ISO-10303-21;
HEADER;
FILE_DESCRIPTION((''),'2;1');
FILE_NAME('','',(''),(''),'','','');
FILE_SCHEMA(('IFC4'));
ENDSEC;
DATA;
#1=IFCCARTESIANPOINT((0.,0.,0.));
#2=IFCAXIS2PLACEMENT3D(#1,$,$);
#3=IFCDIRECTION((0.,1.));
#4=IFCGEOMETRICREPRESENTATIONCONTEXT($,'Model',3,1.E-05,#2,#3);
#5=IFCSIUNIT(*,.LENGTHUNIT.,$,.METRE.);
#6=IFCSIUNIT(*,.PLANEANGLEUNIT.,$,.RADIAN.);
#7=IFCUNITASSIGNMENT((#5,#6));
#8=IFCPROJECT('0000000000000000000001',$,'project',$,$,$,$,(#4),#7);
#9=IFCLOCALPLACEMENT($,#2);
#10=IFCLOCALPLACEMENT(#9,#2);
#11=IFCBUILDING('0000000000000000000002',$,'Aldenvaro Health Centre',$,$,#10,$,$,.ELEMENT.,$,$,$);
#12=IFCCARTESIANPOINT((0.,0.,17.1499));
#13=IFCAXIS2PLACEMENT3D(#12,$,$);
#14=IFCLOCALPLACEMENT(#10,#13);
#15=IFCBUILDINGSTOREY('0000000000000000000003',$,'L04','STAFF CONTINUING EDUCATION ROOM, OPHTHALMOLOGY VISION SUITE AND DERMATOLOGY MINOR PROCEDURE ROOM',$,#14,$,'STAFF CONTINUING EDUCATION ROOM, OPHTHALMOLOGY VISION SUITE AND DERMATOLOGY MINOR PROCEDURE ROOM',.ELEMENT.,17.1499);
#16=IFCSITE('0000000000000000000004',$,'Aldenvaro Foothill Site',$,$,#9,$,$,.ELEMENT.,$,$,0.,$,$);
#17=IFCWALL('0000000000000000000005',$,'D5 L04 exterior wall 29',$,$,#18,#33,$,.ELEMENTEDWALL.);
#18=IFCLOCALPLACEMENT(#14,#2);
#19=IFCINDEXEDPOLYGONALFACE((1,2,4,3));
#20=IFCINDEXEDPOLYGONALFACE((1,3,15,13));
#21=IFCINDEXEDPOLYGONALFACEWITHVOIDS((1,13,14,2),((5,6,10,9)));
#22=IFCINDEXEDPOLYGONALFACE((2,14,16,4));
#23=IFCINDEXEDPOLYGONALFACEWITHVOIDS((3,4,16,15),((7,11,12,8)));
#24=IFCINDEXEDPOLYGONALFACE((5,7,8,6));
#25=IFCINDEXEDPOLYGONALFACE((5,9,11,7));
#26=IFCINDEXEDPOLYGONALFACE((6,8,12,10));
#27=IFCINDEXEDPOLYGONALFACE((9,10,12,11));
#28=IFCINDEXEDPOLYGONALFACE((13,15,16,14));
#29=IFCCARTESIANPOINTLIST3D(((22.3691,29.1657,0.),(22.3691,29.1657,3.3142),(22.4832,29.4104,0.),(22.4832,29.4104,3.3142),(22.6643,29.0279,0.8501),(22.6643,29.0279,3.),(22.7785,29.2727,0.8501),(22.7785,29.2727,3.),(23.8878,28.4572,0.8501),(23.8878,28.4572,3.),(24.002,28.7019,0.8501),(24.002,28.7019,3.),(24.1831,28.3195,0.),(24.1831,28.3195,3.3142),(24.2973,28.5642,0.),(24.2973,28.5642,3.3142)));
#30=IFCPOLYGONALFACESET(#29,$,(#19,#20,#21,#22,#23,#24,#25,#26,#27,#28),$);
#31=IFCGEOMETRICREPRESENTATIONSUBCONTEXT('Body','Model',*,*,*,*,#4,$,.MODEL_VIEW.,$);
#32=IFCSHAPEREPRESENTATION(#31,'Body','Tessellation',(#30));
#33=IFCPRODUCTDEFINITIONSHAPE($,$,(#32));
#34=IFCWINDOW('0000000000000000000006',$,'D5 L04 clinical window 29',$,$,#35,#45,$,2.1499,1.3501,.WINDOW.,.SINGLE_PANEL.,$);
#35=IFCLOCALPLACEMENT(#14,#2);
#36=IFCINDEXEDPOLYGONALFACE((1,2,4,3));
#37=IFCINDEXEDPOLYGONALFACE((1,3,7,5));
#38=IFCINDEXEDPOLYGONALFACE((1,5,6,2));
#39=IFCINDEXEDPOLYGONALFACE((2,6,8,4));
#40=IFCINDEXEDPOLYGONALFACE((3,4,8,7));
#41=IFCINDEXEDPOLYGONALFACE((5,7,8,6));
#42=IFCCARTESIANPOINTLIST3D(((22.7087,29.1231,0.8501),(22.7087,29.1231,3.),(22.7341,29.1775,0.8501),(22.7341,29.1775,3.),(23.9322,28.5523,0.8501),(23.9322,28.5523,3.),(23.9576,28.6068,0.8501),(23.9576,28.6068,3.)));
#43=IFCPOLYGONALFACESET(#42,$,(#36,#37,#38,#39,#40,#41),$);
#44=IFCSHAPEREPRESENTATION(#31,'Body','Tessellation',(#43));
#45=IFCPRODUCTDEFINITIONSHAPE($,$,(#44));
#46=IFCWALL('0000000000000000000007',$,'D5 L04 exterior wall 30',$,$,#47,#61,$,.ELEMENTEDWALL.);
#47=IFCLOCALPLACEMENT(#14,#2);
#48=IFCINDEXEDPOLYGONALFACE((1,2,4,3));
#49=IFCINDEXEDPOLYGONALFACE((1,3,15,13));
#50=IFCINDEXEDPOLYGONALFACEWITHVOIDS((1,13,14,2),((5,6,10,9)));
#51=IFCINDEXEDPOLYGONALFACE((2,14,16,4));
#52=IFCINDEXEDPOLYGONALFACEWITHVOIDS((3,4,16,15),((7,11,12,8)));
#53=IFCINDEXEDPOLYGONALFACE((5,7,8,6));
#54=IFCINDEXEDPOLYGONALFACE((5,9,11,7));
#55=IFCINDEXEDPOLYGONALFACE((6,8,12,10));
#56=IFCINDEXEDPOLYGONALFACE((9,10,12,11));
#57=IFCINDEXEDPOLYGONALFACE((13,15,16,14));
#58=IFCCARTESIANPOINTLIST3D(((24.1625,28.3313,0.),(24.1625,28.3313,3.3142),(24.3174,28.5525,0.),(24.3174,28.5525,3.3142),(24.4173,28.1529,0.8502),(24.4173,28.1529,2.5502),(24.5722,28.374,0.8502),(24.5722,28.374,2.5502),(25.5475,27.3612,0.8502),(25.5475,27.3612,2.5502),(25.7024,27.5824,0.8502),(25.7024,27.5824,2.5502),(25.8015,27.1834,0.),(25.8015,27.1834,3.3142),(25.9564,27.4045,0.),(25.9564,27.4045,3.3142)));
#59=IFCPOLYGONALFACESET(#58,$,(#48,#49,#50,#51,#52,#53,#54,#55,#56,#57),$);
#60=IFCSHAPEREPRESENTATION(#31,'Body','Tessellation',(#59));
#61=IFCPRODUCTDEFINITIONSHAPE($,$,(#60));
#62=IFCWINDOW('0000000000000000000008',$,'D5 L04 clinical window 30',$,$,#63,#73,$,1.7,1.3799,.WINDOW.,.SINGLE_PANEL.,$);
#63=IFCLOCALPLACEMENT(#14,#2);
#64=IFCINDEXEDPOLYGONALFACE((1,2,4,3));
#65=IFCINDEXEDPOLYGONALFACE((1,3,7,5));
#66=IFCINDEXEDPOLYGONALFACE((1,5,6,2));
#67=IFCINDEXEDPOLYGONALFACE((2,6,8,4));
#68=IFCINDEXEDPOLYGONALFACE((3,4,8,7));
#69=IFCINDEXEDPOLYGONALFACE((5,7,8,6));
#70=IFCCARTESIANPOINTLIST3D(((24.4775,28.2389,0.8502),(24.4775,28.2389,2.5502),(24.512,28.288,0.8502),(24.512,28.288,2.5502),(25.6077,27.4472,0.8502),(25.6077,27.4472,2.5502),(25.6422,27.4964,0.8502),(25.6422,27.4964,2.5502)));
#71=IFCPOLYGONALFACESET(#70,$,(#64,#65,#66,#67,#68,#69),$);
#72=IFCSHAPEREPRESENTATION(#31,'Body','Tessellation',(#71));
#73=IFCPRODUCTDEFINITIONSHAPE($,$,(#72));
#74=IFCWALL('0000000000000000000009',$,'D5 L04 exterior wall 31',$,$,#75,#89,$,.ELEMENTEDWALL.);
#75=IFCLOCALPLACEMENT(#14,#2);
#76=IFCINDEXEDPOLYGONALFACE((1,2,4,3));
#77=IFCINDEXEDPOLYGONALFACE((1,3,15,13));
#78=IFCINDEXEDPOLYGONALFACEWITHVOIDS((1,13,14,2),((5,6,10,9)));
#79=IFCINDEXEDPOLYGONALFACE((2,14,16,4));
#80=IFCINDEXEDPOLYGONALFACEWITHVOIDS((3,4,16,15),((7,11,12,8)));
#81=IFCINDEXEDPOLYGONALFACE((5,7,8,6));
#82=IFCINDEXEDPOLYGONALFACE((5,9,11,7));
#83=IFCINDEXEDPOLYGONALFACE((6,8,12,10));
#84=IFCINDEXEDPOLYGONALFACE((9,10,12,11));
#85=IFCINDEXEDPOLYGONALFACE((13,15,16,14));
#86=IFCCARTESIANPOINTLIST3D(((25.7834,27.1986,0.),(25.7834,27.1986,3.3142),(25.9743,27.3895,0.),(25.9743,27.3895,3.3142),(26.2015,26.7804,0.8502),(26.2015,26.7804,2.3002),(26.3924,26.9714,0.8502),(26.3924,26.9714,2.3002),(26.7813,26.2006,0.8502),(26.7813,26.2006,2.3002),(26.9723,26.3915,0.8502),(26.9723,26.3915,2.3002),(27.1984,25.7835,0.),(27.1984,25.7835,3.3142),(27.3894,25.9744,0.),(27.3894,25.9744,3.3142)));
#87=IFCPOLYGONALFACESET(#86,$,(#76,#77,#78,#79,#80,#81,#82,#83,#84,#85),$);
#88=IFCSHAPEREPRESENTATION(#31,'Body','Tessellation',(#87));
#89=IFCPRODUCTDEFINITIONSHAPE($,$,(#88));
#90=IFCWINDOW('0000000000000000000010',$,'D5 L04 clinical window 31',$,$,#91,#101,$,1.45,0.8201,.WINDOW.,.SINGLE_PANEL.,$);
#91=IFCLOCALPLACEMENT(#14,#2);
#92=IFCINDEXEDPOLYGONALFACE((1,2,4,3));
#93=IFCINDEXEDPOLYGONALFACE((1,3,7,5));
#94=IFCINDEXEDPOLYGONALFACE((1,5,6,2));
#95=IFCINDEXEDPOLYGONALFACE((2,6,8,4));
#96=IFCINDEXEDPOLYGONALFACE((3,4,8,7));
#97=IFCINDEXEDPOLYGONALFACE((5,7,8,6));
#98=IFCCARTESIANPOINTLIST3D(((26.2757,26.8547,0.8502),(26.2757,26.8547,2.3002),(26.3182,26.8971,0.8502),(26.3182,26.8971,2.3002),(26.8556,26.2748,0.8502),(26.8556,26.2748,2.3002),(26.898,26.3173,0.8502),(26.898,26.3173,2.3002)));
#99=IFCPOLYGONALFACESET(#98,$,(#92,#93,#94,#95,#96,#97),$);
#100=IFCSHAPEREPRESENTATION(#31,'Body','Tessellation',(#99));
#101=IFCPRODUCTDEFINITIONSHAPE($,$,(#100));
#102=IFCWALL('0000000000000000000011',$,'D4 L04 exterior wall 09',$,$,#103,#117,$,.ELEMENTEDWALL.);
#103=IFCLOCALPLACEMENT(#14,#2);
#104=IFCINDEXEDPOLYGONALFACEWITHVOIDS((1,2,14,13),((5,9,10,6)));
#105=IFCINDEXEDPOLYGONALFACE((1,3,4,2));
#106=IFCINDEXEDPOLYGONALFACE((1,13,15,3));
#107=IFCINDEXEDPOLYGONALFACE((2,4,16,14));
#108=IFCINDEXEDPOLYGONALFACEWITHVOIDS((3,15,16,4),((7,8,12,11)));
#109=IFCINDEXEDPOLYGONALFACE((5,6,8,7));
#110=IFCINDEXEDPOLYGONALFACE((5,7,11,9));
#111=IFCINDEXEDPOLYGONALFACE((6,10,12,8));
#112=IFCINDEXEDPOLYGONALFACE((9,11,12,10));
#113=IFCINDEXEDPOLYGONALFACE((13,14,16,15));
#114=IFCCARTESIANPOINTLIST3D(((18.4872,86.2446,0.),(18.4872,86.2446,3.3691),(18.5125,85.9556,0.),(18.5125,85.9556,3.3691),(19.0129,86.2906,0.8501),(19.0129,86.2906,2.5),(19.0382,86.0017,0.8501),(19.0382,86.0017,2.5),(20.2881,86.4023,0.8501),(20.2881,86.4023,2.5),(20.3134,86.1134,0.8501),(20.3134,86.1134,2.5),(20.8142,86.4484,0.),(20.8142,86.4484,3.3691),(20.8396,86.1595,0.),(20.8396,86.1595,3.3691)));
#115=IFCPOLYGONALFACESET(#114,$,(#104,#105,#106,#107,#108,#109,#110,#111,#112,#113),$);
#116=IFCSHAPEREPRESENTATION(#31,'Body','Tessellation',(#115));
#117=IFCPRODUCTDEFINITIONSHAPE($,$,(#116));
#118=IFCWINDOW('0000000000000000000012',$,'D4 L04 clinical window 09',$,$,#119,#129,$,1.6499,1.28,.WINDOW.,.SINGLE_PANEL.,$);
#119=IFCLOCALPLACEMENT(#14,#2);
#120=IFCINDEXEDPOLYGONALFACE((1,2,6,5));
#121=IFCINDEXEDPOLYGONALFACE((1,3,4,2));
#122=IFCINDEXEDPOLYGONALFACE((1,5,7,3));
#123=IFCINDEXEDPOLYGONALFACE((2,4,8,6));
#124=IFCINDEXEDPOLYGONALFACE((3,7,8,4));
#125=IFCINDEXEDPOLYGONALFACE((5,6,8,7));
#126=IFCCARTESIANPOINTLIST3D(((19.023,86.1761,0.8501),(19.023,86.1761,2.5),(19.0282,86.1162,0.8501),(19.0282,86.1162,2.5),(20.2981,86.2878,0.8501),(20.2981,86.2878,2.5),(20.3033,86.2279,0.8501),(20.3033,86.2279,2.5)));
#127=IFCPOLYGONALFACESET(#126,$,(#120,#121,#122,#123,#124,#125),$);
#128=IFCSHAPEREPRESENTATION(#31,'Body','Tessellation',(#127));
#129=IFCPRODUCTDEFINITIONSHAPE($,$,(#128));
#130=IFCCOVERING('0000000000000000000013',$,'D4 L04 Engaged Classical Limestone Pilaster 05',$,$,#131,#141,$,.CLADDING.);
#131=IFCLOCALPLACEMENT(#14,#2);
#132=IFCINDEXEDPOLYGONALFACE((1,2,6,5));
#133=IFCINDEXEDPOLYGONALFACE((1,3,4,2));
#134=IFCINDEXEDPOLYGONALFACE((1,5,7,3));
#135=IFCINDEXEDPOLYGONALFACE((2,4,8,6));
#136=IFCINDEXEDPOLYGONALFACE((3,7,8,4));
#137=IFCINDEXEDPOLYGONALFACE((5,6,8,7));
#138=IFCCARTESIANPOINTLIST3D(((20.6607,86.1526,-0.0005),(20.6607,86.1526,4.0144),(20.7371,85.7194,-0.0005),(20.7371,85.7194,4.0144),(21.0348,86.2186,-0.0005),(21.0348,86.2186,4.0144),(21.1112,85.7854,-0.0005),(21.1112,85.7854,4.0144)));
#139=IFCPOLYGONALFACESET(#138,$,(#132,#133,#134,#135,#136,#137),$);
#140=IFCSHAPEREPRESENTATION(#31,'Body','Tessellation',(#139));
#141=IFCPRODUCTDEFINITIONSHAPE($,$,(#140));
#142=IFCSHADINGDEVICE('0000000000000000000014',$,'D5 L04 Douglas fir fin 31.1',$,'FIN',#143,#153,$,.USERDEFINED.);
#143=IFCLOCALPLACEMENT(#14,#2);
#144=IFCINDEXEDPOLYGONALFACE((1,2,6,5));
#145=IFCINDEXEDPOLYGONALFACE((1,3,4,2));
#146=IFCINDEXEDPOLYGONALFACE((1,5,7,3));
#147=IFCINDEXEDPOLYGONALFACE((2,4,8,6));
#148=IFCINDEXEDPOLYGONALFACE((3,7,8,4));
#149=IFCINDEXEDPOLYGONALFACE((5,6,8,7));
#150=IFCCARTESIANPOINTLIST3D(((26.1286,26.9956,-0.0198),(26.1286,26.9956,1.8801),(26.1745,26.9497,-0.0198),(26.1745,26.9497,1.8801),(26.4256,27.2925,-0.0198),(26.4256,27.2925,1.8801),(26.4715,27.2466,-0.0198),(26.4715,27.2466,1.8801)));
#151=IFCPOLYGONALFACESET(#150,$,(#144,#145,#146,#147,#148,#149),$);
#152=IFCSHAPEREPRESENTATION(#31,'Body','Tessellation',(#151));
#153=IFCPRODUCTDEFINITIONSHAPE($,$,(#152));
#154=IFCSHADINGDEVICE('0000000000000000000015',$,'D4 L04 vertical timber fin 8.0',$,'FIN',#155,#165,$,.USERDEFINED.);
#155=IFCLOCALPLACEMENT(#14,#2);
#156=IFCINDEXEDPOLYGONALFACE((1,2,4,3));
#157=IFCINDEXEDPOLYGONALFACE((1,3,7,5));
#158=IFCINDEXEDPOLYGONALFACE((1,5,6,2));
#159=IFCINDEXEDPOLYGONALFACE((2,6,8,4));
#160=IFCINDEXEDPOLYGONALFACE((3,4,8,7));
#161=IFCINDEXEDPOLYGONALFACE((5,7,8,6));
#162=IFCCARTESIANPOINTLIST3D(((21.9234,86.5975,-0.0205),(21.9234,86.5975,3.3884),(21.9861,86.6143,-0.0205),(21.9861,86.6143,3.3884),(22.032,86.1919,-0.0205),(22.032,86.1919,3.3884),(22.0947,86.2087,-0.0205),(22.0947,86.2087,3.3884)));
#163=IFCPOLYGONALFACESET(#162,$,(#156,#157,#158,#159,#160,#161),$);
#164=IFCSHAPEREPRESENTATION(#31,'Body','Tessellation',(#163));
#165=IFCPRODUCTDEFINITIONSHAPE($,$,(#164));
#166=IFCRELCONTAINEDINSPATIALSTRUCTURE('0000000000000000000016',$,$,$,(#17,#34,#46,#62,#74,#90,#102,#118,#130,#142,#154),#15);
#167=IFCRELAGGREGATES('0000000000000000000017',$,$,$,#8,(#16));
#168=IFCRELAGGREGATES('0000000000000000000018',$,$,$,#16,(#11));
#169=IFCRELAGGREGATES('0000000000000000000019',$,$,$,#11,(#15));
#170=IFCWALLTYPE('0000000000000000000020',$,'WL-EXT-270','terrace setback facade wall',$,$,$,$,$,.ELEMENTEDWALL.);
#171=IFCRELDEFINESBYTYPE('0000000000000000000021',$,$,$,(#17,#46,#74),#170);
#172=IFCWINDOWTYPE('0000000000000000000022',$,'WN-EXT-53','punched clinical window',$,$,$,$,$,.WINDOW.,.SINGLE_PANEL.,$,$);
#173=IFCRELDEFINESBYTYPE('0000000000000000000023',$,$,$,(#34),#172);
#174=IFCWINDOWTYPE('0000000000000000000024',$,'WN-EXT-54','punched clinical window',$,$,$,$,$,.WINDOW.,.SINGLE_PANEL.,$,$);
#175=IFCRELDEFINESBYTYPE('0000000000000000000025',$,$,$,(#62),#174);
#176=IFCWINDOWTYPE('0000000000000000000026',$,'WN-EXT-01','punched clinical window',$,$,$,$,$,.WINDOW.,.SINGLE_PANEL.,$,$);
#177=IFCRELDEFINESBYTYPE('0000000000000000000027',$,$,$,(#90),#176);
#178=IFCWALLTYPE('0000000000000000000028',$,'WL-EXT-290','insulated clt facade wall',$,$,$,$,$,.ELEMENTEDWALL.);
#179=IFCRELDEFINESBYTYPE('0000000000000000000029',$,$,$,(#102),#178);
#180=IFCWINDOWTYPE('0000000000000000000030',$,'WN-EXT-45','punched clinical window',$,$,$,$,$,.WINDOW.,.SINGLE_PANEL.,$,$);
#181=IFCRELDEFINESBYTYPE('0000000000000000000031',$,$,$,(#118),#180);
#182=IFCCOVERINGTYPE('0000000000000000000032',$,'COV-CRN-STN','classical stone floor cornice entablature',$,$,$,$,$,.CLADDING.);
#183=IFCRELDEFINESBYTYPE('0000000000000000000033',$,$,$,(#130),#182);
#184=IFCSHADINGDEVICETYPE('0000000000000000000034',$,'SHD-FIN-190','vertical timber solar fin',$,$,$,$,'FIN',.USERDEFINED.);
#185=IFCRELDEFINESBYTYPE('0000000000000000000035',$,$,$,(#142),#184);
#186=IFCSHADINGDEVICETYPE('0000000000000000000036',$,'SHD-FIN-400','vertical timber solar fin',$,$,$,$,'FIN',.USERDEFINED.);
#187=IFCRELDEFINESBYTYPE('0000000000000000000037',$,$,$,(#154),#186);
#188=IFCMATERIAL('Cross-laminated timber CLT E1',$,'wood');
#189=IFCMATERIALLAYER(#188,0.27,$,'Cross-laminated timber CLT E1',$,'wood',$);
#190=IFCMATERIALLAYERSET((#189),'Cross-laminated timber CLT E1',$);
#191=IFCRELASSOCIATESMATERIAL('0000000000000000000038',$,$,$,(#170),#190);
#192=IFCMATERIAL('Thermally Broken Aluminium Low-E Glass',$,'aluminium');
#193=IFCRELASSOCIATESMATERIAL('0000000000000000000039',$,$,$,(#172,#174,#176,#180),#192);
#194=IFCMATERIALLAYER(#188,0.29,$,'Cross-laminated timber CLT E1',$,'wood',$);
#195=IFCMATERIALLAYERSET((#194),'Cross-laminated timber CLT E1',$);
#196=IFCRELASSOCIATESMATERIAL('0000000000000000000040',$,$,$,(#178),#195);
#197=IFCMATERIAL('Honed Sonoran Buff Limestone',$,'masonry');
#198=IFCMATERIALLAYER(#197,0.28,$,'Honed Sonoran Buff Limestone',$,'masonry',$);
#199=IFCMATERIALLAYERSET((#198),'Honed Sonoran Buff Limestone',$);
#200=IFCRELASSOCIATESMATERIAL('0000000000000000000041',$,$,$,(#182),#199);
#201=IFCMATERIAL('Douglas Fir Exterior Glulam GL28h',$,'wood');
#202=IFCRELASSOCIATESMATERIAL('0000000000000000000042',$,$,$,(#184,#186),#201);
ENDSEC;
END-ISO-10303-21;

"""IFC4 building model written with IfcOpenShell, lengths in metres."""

from ifc_helpers import new_model, si_unit, direction, frame, frame_2d, origin, origin_2d, place, context, subcontext, project, spatial, rectangle, extrude, material, layer, layer_set, type_object, element, fill, save


model = new_model("IFC4")

# Units and contexts
model_context = context("Model", 3, precision=1e-05, world=origin(), true_north=direction((0.0, 1.0)))
body_context = subcontext(model_context, "Body", "Model", "MODEL_VIEW")
ifc_project = project(units=[si_unit("LENGTHUNIT", "METRE"), si_unit("PLANEANGLEUNIT", "RADIAN")], contexts=[model_context])

# Site, building, storey
site_placement = place(None, origin())
site = spatial("IfcSite", under=ifc_project, at=site_placement, Name="Aldenvaro Foothill Site", CompositionType="ELEMENT", RefElevation=0.0)
building_placement = place(site_placement, origin())
building = spatial("IfcBuilding", under=site, at=building_placement, Name="Aldenvaro Health Centre", CompositionType="ELEMENT")
storey_placement = place(building_placement, frame((0.0, 0.0, 17.1499)))
storey = spatial("IfcBuildingStorey", under=building, at=storey_placement, Name="L04", Description="STAFF CONTINUING EDUCATION ROOM, OPHTHALMOLOGY VISION SUITE AND DERMATOLOGY MINOR PROCEDURE ROOM", LongName="STAFF CONTINUING EDUCATION ROOM, OPHTHALMOLOGY VISION SUITE AND DERMATOLOGY MINOR PROCEDURE ROOM", CompositionType="ELEMENT", Elevation=17.1499)

# Walls, openings, windows
ifc_material_1 = material(Name="Cross-laminated timber CLT E1", Category="wood")
ifc_layer_1 = layer(ifc_material_1, 0.27, Name="Cross-laminated timber CLT E1", Category="wood")
ifc_layer_set_1 = layer_set([ifc_layer_1], Name="Cross-laminated timber CLT E1")
wall_type_1 = type_object("IfcWallType", Name="WL-EXT-270", Description="terrace setback facade wall", PredefinedType="ELEMENTEDWALL", material=ifc_layer_set_1)
wall_1_placement = place(storey_placement, frame((22.426, 29.2881, 0.0), z_axis=(0.0, 0.0, 1.0), x_axis=(0.906245, -0.422752, 0.0)))
wall_1 = element("IfcWall", 1, at=wall_1_placement, inside=storey, type_object=wall_type_1, Name="D5 L04 exterior wall 29", PredefinedType="ELEMENTEDWALL", context=body_context, shape_type="SweptSolid", body=[
    extrude(rectangle(XDim=2.0017, YDim=0.27, at=frame_2d((1.001, 0.0))), origin(), (0.0, 0.0, 1.0), 3.3142),
])
opening_1_placement = place(wall_1_placement, frame((0.3259, 0.0, 0.8501)))
opening_1 = element("IfcOpeningElement", 2, at=opening_1_placement, cuts=wall_1, PredefinedType="OPENING", context=body_context, shape_type="SweptSolid", body=[
    extrude(rectangle(XDim=1.3501, YDim=2.1499, at=frame_2d((0.675, 1.075))), frame((0.0, 0.145, 0.0), z_axis=(0.0, -1.0, 0.0), x_axis=(1.0, 0.0, 0.0)), (0.0, 0.0, 1.0), 0.29),
])
ifc_material_2 = material(Name="Thermally Broken Aluminium Low-E Glass", Category="aluminium")
window_type_1 = type_object("IfcWindowType", Name="WN-EXT-53", Description="punched clinical window", PartitioningType="SINGLE_PANEL", PredefinedType="WINDOW", material=ifc_material_2)
window_1_placement = place(opening_1_placement, origin())
window_1 = element("IfcWindow", 3, at=window_1_placement, inside=storey, type_object=window_type_1, Name="D5 L04 clinical window 29", OverallHeight=2.1499, OverallWidth=1.3501, PartitioningType="SINGLE_PANEL", PredefinedType="WINDOW", context=body_context, shape_type="SweptSolid", body=[
    extrude(rectangle(XDim=1.3501, YDim=2.1499, at=frame_2d((0.675, 1.075))), frame((0.0, 0.03, 0.0), z_axis=(0.0, -1.0, 0.0), x_axis=(1.0, 0.0, 0.0)), (0.0, 0.0, 1.0), 0.0601),
])
fill(opening_1, window_1)
wall_2_placement = place(storey_placement, frame((24.24, 28.4419, 0.0), z_axis=(0.0, 0.0, 1.0), x_axis=(0.819066, -0.5737, 0.0)))
wall_2 = element("IfcWall", 4, at=wall_2_placement, inside=storey, type_object=wall_type_1, Name="D5 L04 exterior wall 30", PredefinedType="ELEMENTEDWALL", context=body_context, shape_type="SweptSolid", body=[
    extrude(rectangle(XDim=2.001, YDim=0.27, at=frame_2d((1.0005, 0.0))), origin(), (0.0, 0.0, 1.0), 3.3142),
])
opening_2_placement = place(wall_2_placement, frame((0.311, 0.0, 0.8501)))
opening_2 = element("IfcOpeningElement", 5, at=opening_2_placement, cuts=wall_2, PredefinedType="OPENING", context=body_context, shape_type="SweptSolid", body=[
    extrude(rectangle(XDim=1.3799, YDim=1.7, at=frame_2d((0.6899, 0.8501))), frame((0.0, 0.145, 0.0), z_axis=(0.0, -1.0, 0.0), x_axis=(1.0, 0.0, 0.0)), (0.0, 0.0, 1.0), 0.29),
])
window_type_2 = type_object("IfcWindowType", Name="WN-EXT-54", Description="punched clinical window", PartitioningType="SINGLE_PANEL", PredefinedType="WINDOW", material=ifc_material_2)
window_2_placement = place(opening_2_placement, origin())
window_2 = element("IfcWindow", 6, at=window_2_placement, inside=storey, type_object=window_type_2, Name="D5 L04 clinical window 30", OverallHeight=1.7, OverallWidth=1.3799, PartitioningType="SINGLE_PANEL", PredefinedType="WINDOW", context=body_context, shape_type="SweptSolid", body=[
    extrude(rectangle(XDim=1.3799, YDim=1.7, at=frame_2d((0.6899, 0.8501))), frame((0.0, 0.03, 0.0), z_axis=(0.0, -1.0, 0.0), x_axis=(1.0, 0.0, 0.0)), (0.0, 0.0, 1.0), 0.0601),
])
fill(opening_2, window_2)
wall_3_placement = place(storey_placement, frame((25.8789, 27.2939, 0.0), z_axis=(0.0, 0.0, 1.0), x_axis=(0.707107, -0.707107, 0.0)))
wall_3 = element("IfcWall", 7, at=wall_3_placement, inside=storey, type_object=wall_type_1, Name="D5 L04 exterior wall 31", PredefinedType="ELEMENTEDWALL", context=body_context, shape_type="SweptSolid", body=[
    extrude(rectangle(XDim=2.0012, YDim=0.27, at=frame_2d((1.0005, 0.0))), origin(), (0.0, 0.0, 1.0), 3.3142),
])
opening_3_placement = place(wall_3_placement, frame((0.5911, 0.0, 0.8501)))
opening_3 = element("IfcOpeningElement", 8, at=opening_3_placement, cuts=wall_3, PredefinedType="OPENING", context=body_context, shape_type="SweptSolid", body=[
    extrude(rectangle(XDim=0.8201, YDim=1.45, at=frame_2d((0.4102, 0.7251))), frame((0.0, 0.145, 0.0), z_axis=(0.0, -1.0, 0.0), x_axis=(1.0, 0.0, 0.0)), (0.0, 0.0, 1.0), 0.29),
])
window_type_3 = type_object("IfcWindowType", Name="WN-EXT-01", Description="punched clinical window", PartitioningType="SINGLE_PANEL", PredefinedType="WINDOW", material=ifc_material_2)
window_3_placement = place(opening_3_placement, origin())
window_3 = element("IfcWindow", 9, at=window_3_placement, inside=storey, type_object=window_type_3, Name="D5 L04 clinical window 31", OverallHeight=1.45, OverallWidth=0.8201, PartitioningType="SINGLE_PANEL", PredefinedType="WINDOW", context=body_context, shape_type="SweptSolid", body=[
    extrude(rectangle(XDim=0.8201, YDim=1.45, at=frame_2d((0.4102, 0.7251))), frame((0.0, 0.03, 0.0), z_axis=(0.0, -1.0, 0.0), x_axis=(1.0, 0.0, 0.0)), (0.0, 0.0, 1.0), 0.0601),
])
fill(opening_3, window_3)
ifc_layer_2 = layer(ifc_material_1, 0.29, Name="Cross-laminated timber CLT E1", Category="wood")
ifc_layer_set_2 = layer_set([ifc_layer_2], Name="Cross-laminated timber CLT E1")
wall_type_2 = type_object("IfcWallType", Name="WL-EXT-290", Description="insulated clt facade wall", PredefinedType="ELEMENTEDWALL", material=ifc_layer_set_2)
wall_4_placement = place(storey_placement, frame((20.8269, 86.304, 0.0), z_axis=(0.0, 0.0, 1.0), x_axis=(-0.996184, -0.087275, 0.0)))
wall_4 = element("IfcWall", 10, at=wall_4_placement, inside=storey, type_object=wall_type_2, Name="D4 L04 exterior wall 09", PredefinedType="ELEMENTEDWALL", context=body_context, shape_type="SweptSolid", body=[
    extrude(rectangle(XDim=2.3359, YDim=0.29, at=frame_2d((1.168, 0.0))), origin(), (0.0, 0.0, 1.0), 3.3691),
])
opening_4_placement = place(wall_4_placement, frame((0.5281, 0.0, 0.8501)))
opening_4 = element("IfcOpeningElement", 11, at=opening_4_placement, cuts=wall_4, PredefinedType="OPENING", context=body_context, shape_type="SweptSolid", body=[
    extrude(rectangle(XDim=1.28, YDim=1.6499, at=frame_2d((0.6401, 0.825))), frame((0.0, 0.155, 0.0), z_axis=(0.0, -1.0, 0.0), x_axis=(1.0, 0.0, 0.0)), (0.0, 0.0, 1.0), 0.3101),
])
window_type_4 = type_object("IfcWindowType", Name="WN-EXT-45", Description="punched clinical window", PartitioningType="SINGLE_PANEL", PredefinedType="WINDOW", material=ifc_material_2)
window_4_placement = place(opening_4_placement, origin())
window_4 = element("IfcWindow", 12, at=window_4_placement, inside=storey, type_object=window_type_4, Name="D4 L04 clinical window 09", OverallHeight=1.6499, OverallWidth=1.28, PartitioningType="SINGLE_PANEL", PredefinedType="WINDOW", context=body_context, shape_type="SweptSolid", body=[
    extrude(rectangle(XDim=1.28, YDim=1.6499, at=frame_2d((0.6401, 0.825))), frame((0.0, 0.03, 0.0), z_axis=(0.0, -1.0, 0.0), x_axis=(1.0, 0.0, 0.0)), (0.0, 0.0, 1.0), 0.0601),
])
fill(opening_4, window_4)

# Covering
ifc_material_3 = material(Name="Honed Sonoran Buff Limestone", Category="masonry")
ifc_layer_3 = layer(ifc_material_3, 0.28, Name="Honed Sonoran Buff Limestone", Category="masonry")
ifc_layer_set_3 = layer_set([ifc_layer_3], Name="Honed Sonoran Buff Limestone")
covering_type = type_object("IfcCoveringType", Name="COV-CRN-STN", Description="classical stone floor cornice entablature", PredefinedType="CLADDING", material=ifc_layer_set_3)
covering_placement = place(storey_placement, frame((20.886, 85.969, -0.0005), z_axis=(0.0, 0.0, 1.0), x_axis=(0.173662, -0.984805, 0.0)))
element("IfcCovering", 13, at=covering_placement, inside=storey, type_object=covering_type, Name="D4 L04 Engaged Classical Limestone Pilaster 05", PredefinedType="CLADDING", context=body_context, shape_type="SweptSolid", body=[
    extrude(rectangle(XDim=0.4399, YDim=0.3799, at=origin_2d()), origin(), (0.0, 0.0, 1.0), 4.0149),
])

# Shading devices
ifc_material_4 = material(Name="Douglas Fir Exterior Glulam GL28h", Category="wood")
shading_device_type_1 = type_object("IfcShadingDeviceType", Name="SHD-FIN-190", Description="vertical timber solar fin", ElementType="FIN", PredefinedType="USERDEFINED", material=ifc_material_4)
shading_device_1_placement = place(storey_placement, frame((26.3, 27.1211, -0.0198), z_axis=(0.0, 0.0, 1.0), x_axis=(0.707107, -0.707107, 0.0)))
element("IfcShadingDevice", 14, at=shading_device_1_placement, inside=storey, type_object=shading_device_type_1, Name="D5 L04 Douglas fir fin 31.1", ObjectType="FIN", PredefinedType="USERDEFINED", context=body_context, shape_type="SweptSolid", body=[
    extrude(rectangle(XDim=0.0649, YDim=0.4199, at=origin_2d()), origin(), (0.0, 0.0, 1.0), 1.8999),
])
shading_device_type_2 = type_object("IfcShadingDeviceType", Name="SHD-FIN-400", Description="vertical timber solar fin", ElementType="FIN", PredefinedType="USERDEFINED", material=ifc_material_4)
shading_device_2_placement = place(storey_placement, frame((22.009, 86.4031, -0.0205), z_axis=(0.0, 0.0, 1.0), x_axis=(-0.965979, -0.258622, 0.0)))
element("IfcShadingDevice", 15, at=shading_device_2_placement, inside=storey, type_object=shading_device_type_2, Name="D4 L04 vertical timber fin 8.0", ObjectType="FIN", PredefinedType="USERDEFINED", context=body_context, shape_type="SweptSolid", body=[
    extrude(rectangle(XDim=0.0649, YDim=0.4199, at=origin_2d()), origin(), (0.0, 0.0, 1.0), 3.4089),
])

save(model, "model.ifc")
